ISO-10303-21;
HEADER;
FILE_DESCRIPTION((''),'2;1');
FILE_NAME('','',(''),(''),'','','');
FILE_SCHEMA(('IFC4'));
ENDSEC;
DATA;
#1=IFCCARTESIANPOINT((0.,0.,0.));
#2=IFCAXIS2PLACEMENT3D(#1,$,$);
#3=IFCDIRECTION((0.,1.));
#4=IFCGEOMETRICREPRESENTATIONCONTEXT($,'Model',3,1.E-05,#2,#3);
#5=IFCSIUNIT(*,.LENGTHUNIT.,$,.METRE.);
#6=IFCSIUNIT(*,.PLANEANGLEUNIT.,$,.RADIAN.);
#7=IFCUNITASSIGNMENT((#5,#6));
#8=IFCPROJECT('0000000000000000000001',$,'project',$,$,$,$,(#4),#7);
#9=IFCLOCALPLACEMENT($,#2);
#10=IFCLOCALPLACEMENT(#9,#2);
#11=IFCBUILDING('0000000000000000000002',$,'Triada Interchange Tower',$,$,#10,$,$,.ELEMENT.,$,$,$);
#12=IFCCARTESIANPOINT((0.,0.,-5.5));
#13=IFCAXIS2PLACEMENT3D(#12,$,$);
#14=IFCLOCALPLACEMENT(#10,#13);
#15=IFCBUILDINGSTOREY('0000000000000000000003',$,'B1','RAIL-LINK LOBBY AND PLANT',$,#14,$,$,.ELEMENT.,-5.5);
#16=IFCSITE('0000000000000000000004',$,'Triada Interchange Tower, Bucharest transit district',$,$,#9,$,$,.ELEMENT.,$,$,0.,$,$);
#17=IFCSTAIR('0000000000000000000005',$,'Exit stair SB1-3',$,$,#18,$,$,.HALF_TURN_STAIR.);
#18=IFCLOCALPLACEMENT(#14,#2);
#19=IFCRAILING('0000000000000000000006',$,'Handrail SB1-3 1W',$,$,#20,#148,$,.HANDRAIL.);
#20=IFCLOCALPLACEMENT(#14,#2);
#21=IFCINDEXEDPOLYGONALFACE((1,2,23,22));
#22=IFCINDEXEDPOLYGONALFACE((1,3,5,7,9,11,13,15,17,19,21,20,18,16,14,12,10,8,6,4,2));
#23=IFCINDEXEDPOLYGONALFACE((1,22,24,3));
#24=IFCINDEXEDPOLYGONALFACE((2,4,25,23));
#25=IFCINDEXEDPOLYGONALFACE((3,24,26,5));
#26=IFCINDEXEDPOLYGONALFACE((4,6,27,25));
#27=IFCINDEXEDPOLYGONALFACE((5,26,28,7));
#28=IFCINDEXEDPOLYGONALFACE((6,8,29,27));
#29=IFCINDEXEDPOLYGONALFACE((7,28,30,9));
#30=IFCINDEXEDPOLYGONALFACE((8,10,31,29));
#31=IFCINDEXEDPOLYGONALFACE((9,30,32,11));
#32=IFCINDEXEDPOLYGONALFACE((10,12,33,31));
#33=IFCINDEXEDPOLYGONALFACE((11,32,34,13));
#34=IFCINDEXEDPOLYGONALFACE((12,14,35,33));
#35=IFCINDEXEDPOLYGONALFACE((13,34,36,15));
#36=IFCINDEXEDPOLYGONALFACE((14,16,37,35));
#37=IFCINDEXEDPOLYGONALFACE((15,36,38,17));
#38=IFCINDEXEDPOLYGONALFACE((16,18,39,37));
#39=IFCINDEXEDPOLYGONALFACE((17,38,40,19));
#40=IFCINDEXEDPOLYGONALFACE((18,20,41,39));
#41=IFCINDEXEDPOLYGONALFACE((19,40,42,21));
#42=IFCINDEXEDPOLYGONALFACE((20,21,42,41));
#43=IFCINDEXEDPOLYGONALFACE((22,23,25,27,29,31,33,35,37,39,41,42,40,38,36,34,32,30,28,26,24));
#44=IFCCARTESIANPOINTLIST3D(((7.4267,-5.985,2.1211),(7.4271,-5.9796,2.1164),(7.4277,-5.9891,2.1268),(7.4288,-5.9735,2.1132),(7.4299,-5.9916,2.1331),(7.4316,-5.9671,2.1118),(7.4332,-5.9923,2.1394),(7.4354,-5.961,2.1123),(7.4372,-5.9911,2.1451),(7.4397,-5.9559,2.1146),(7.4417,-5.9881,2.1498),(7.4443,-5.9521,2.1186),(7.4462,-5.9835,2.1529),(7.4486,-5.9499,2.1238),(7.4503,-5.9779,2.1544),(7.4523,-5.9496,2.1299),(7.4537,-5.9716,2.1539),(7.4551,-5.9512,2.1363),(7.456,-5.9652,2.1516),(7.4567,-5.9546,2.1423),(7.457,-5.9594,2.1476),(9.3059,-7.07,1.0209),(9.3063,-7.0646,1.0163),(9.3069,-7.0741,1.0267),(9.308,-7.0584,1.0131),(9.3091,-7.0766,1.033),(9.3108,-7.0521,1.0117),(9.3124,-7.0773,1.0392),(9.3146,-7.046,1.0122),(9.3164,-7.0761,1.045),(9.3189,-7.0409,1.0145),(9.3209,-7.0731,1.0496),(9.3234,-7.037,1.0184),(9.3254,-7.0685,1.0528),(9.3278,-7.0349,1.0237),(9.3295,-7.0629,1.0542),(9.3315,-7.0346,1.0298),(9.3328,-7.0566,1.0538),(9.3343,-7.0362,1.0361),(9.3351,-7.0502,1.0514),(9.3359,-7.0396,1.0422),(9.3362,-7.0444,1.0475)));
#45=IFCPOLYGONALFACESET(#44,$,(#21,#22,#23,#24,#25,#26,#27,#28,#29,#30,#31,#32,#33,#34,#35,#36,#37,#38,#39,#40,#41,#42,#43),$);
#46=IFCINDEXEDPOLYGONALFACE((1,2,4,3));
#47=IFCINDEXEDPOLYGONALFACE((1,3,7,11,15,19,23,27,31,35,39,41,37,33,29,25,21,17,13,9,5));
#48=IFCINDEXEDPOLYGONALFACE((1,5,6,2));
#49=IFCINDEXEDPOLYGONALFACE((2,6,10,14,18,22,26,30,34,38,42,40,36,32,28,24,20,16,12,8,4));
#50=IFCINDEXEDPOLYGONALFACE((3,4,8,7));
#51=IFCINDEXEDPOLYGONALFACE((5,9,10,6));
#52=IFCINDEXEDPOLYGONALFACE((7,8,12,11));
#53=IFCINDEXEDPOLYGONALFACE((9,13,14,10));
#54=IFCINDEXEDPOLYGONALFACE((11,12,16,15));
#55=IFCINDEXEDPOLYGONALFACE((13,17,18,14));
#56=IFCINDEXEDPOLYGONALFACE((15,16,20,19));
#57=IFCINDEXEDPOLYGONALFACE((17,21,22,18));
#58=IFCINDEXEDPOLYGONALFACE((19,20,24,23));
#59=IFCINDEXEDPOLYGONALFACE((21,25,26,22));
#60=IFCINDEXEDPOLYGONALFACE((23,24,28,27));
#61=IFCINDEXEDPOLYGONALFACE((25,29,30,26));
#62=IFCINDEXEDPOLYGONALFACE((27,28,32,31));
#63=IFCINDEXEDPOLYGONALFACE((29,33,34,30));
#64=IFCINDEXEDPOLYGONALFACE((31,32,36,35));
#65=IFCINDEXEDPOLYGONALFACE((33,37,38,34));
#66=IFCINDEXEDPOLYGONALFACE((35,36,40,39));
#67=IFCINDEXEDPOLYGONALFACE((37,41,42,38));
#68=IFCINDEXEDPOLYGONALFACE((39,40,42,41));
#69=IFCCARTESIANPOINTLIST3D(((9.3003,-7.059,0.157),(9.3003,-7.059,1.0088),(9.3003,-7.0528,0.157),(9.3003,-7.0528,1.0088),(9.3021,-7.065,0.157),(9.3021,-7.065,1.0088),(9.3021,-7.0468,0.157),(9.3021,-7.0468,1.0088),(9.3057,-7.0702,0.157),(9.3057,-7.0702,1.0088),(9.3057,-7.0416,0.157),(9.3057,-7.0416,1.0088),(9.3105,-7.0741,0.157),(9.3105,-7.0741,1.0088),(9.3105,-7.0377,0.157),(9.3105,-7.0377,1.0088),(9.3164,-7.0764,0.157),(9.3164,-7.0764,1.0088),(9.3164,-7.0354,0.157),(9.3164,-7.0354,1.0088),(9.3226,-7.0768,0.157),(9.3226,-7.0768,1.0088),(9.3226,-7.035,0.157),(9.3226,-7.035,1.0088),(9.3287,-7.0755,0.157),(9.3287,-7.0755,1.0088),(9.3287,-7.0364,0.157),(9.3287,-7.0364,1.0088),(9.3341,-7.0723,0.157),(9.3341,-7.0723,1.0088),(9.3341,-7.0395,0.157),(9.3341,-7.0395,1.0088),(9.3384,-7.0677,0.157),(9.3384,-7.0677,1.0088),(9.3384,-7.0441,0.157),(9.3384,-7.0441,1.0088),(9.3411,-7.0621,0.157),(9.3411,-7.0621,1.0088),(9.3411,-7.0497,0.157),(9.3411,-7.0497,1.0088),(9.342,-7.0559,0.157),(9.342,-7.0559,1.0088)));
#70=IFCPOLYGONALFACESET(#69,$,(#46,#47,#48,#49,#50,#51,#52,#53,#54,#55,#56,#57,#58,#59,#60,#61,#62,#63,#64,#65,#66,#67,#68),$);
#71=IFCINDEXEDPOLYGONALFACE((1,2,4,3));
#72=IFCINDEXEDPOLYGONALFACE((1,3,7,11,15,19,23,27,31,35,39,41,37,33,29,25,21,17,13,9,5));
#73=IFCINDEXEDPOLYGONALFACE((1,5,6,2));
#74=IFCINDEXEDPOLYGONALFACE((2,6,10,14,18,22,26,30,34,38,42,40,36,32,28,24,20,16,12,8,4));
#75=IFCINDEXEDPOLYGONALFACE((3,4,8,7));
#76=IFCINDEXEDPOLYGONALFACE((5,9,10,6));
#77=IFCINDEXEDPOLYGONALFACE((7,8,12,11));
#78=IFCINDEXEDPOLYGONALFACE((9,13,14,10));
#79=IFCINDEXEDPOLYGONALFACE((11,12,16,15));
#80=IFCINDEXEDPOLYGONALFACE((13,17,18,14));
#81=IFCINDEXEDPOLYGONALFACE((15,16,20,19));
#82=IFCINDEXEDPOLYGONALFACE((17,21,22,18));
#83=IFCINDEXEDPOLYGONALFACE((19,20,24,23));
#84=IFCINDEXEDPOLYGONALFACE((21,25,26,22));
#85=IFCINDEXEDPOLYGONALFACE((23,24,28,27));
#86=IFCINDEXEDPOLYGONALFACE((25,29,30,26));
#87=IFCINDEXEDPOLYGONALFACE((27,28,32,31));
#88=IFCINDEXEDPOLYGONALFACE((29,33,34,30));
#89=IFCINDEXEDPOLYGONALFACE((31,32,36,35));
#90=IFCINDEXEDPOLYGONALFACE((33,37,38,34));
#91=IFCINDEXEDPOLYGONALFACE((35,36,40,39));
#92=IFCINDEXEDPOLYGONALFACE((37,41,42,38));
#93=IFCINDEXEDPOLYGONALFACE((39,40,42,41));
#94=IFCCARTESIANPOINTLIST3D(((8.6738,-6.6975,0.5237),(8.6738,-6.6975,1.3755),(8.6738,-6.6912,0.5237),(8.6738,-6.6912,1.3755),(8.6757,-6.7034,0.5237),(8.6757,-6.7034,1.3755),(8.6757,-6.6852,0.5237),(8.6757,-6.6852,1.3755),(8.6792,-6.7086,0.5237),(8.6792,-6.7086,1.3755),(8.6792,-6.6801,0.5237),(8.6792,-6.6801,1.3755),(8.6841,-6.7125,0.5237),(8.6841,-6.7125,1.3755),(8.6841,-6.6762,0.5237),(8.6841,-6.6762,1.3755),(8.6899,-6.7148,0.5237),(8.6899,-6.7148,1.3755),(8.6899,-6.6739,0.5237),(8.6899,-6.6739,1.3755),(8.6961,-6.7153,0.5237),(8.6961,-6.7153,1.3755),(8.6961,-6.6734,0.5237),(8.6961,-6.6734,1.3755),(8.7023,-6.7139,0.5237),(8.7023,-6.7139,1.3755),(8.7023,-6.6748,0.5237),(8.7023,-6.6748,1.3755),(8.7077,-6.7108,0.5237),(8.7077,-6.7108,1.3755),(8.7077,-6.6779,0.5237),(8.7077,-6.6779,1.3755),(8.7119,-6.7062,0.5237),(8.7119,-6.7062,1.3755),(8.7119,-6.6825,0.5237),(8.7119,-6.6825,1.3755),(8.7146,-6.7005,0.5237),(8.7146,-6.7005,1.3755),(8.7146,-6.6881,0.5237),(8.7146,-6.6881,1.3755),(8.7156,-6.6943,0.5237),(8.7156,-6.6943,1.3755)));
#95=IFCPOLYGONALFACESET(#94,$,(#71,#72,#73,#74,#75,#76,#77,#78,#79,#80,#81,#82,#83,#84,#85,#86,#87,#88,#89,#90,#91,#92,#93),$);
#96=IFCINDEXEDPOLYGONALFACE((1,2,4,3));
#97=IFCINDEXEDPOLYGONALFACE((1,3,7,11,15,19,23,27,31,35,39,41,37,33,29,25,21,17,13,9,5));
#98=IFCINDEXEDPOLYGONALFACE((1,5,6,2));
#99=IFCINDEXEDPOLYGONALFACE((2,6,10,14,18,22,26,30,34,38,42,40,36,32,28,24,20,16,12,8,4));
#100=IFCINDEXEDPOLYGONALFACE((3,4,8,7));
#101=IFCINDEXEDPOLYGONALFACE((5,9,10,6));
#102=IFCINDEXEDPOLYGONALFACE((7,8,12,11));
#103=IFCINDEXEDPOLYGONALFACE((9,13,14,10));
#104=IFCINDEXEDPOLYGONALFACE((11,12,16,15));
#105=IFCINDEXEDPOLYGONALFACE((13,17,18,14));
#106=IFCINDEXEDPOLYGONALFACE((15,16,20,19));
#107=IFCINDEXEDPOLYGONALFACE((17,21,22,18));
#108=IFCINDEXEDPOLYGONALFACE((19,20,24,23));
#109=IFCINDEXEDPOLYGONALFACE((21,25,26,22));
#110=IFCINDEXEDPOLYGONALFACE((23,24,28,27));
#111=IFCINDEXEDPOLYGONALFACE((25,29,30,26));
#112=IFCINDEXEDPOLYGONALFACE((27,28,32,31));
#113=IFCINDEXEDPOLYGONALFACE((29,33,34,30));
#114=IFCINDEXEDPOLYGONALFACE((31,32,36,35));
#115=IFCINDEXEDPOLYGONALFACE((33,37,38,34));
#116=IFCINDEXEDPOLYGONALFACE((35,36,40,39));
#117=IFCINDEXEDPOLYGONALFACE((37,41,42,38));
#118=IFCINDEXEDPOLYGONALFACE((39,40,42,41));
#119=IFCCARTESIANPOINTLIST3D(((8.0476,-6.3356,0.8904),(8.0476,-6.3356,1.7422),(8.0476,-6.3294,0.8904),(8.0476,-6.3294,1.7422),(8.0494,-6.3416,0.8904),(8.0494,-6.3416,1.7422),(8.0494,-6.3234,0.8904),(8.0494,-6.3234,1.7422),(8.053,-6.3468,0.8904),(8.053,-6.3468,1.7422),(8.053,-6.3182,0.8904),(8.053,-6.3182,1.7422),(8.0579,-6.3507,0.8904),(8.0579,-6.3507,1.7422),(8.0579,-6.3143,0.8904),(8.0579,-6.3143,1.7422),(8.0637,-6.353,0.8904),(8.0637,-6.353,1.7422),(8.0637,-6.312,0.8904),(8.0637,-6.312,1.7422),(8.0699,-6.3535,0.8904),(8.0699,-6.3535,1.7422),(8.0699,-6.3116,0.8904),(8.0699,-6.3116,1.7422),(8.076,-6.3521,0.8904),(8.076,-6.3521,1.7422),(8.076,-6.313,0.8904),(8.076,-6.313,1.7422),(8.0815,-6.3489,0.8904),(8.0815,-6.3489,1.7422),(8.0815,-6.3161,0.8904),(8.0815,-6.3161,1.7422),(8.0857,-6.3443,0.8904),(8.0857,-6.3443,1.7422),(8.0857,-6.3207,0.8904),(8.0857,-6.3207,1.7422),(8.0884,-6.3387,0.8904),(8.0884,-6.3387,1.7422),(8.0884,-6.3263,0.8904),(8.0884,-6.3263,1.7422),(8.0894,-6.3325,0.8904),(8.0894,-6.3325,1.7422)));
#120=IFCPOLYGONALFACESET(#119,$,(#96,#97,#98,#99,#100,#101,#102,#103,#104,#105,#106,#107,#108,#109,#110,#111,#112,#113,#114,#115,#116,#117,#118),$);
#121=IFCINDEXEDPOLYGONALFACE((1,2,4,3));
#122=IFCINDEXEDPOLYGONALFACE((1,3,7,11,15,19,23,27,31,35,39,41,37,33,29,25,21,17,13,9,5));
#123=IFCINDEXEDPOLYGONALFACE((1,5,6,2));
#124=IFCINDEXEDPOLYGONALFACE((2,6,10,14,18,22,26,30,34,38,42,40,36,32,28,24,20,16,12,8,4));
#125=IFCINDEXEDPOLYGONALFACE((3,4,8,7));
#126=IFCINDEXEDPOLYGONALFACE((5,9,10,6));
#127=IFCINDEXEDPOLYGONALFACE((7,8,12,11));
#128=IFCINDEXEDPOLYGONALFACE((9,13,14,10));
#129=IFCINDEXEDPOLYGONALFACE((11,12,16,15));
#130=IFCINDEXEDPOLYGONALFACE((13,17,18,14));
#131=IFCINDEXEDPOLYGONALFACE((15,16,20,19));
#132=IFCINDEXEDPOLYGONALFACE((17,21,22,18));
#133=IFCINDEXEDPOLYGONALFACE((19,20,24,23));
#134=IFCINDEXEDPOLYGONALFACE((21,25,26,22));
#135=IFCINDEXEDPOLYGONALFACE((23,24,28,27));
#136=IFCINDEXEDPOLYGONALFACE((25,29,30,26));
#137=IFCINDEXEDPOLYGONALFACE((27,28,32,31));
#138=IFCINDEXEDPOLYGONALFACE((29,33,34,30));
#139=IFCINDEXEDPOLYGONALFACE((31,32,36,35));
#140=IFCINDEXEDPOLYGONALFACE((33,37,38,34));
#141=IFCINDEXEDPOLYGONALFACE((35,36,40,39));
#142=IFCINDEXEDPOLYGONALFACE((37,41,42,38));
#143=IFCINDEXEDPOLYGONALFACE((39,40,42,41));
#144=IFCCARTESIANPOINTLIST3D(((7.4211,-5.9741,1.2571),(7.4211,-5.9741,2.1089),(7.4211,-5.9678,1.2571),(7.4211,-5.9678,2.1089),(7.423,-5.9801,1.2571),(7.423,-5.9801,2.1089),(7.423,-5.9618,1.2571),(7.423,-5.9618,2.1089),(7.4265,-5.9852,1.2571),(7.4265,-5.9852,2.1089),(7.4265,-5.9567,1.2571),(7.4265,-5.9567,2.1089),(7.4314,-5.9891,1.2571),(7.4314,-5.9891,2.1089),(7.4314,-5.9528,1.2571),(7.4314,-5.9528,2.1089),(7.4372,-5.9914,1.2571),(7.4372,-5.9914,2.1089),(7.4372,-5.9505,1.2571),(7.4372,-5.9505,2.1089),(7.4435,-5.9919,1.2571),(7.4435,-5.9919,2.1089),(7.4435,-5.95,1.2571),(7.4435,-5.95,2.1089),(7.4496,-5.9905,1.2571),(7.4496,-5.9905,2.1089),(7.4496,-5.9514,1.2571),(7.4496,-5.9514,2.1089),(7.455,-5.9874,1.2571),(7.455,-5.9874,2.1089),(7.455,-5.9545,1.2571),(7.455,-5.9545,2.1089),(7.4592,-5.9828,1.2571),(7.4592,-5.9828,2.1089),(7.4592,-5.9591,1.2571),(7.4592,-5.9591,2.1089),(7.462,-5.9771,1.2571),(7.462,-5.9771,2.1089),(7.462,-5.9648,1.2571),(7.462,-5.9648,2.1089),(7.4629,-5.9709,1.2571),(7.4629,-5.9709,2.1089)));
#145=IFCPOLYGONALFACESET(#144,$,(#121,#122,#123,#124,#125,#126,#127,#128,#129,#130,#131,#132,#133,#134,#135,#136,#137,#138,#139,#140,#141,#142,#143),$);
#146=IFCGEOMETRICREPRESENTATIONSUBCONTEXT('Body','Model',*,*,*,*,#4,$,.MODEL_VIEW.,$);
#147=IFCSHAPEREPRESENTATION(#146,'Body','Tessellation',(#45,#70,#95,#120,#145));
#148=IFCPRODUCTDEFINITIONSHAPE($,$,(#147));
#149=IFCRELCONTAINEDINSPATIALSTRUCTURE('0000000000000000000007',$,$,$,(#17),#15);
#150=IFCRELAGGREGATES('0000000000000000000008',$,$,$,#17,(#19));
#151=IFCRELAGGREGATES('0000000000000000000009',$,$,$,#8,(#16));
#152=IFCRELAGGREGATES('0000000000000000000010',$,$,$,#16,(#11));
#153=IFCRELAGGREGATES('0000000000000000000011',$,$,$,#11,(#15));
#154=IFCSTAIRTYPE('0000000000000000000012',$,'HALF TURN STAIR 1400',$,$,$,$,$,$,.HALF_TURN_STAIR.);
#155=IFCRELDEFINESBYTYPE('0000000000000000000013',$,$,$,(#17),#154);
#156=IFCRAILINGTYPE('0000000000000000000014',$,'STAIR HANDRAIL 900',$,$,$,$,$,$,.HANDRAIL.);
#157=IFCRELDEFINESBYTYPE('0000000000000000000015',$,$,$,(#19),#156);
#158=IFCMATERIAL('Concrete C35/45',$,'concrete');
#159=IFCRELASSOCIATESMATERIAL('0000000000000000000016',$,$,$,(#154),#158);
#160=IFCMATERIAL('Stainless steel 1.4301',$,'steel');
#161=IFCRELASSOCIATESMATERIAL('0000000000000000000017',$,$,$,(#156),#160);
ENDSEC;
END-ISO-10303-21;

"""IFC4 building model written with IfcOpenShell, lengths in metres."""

from ifc_helpers import new_model, si_unit, direction, frame, origin, origin_2d, place, context, subcontext, project, spatial, circle, extrude, material, type_object, element, aggregate, save


model = new_model("IFC4")

# Units and contexts
model_context = context("Model", 3, precision=1e-05, world=origin(), true_north=direction((0.0, 1.0)))
body_context = subcontext(model_context, "Body", "Model", "MODEL_VIEW")
ifc_project = project(units=[si_unit("LENGTHUNIT", "METRE"), si_unit("PLANEANGLEUNIT", "RADIAN")], contexts=[model_context])

# Site, building, storey
site_placement = place(None, origin())
site = spatial("IfcSite", under=ifc_project, at=site_placement, Name="Triada Interchange Tower, Bucharest transit district", CompositionType="ELEMENT", RefElevation=0.0)
building_placement = place(site_placement, origin())
building = spatial("IfcBuilding", under=site, at=building_placement, Name="Triada Interchange Tower", CompositionType="ELEMENT")
storey_placement = place(building_placement, frame((0.0, 0.0, -5.5)))
storey = spatial("IfcBuildingStorey", under=building, at=storey_placement, Name="B1", Description="RAIL-LINK LOBBY AND PLANT", CompositionType="ELEMENT", Elevation=-5.5)

# Stair, railing
ifc_material_1 = material(Name="Concrete C35/45", Category="concrete")
stair_type = type_object("IfcStairType", Name="HALF TURN STAIR 1400", PredefinedType="HALF_TURN_STAIR", material=ifc_material_1)
stair_placement = place(storey_placement, origin())
stair = element("IfcStair", 1, at=stair_placement, inside=storey, type_object=stair_type, Name="Exit stair SB1-3", PredefinedType="HALF_TURN_STAIR")
ifc_material_2 = material(Name="Stainless steel 1.4301", Category="steel")
railing_type = type_object("IfcRailingType", Name="STAIR HANDRAIL 900", PredefinedType="HANDRAIL", material=ifc_material_2)
railing_1_placement = place(storey_placement, frame((9.321, -7.0559, 0.157)))
railing_1 = element("IfcRailing", 2, at=railing_1_placement, type_object=railing_type, Name="Handrail SB1-3 1W", PredefinedType="HANDRAIL", context=body_context, shape_type="SweptSolid", body=[
    extrude(circle(Radius=0.0239, at=origin_2d()), frame((0.0, 0.0, 0.876), z_axis=(-0.77242, 0.44597, 0.452192), x_axis=(-0.500011, -0.866019, 0.0)), (0.0, 0.0, 1.0), 2.4329),
    extrude(circle(Radius=0.021, at=origin_2d()), origin(), (0.0, 0.0, 1.0), 0.8518),
    extrude(circle(Radius=0.021, at=origin_2d()), frame((-0.6265, 0.3616, 0.3667)), (0.0, 0.0, 1.0), 0.8518),
    extrude(circle(Radius=0.021, at=origin_2d()), frame((-1.2527, 0.7234, 0.7334)), (0.0, 0.0, 1.0), 0.8518),
    extrude(circle(Radius=0.021, at=origin_2d()), frame((-1.8792, 1.085, 1.1001)), (0.0, 0.0, 1.0), 0.8518),
])
aggregate(stair, [railing_1])

save(model, "model.ifc")
